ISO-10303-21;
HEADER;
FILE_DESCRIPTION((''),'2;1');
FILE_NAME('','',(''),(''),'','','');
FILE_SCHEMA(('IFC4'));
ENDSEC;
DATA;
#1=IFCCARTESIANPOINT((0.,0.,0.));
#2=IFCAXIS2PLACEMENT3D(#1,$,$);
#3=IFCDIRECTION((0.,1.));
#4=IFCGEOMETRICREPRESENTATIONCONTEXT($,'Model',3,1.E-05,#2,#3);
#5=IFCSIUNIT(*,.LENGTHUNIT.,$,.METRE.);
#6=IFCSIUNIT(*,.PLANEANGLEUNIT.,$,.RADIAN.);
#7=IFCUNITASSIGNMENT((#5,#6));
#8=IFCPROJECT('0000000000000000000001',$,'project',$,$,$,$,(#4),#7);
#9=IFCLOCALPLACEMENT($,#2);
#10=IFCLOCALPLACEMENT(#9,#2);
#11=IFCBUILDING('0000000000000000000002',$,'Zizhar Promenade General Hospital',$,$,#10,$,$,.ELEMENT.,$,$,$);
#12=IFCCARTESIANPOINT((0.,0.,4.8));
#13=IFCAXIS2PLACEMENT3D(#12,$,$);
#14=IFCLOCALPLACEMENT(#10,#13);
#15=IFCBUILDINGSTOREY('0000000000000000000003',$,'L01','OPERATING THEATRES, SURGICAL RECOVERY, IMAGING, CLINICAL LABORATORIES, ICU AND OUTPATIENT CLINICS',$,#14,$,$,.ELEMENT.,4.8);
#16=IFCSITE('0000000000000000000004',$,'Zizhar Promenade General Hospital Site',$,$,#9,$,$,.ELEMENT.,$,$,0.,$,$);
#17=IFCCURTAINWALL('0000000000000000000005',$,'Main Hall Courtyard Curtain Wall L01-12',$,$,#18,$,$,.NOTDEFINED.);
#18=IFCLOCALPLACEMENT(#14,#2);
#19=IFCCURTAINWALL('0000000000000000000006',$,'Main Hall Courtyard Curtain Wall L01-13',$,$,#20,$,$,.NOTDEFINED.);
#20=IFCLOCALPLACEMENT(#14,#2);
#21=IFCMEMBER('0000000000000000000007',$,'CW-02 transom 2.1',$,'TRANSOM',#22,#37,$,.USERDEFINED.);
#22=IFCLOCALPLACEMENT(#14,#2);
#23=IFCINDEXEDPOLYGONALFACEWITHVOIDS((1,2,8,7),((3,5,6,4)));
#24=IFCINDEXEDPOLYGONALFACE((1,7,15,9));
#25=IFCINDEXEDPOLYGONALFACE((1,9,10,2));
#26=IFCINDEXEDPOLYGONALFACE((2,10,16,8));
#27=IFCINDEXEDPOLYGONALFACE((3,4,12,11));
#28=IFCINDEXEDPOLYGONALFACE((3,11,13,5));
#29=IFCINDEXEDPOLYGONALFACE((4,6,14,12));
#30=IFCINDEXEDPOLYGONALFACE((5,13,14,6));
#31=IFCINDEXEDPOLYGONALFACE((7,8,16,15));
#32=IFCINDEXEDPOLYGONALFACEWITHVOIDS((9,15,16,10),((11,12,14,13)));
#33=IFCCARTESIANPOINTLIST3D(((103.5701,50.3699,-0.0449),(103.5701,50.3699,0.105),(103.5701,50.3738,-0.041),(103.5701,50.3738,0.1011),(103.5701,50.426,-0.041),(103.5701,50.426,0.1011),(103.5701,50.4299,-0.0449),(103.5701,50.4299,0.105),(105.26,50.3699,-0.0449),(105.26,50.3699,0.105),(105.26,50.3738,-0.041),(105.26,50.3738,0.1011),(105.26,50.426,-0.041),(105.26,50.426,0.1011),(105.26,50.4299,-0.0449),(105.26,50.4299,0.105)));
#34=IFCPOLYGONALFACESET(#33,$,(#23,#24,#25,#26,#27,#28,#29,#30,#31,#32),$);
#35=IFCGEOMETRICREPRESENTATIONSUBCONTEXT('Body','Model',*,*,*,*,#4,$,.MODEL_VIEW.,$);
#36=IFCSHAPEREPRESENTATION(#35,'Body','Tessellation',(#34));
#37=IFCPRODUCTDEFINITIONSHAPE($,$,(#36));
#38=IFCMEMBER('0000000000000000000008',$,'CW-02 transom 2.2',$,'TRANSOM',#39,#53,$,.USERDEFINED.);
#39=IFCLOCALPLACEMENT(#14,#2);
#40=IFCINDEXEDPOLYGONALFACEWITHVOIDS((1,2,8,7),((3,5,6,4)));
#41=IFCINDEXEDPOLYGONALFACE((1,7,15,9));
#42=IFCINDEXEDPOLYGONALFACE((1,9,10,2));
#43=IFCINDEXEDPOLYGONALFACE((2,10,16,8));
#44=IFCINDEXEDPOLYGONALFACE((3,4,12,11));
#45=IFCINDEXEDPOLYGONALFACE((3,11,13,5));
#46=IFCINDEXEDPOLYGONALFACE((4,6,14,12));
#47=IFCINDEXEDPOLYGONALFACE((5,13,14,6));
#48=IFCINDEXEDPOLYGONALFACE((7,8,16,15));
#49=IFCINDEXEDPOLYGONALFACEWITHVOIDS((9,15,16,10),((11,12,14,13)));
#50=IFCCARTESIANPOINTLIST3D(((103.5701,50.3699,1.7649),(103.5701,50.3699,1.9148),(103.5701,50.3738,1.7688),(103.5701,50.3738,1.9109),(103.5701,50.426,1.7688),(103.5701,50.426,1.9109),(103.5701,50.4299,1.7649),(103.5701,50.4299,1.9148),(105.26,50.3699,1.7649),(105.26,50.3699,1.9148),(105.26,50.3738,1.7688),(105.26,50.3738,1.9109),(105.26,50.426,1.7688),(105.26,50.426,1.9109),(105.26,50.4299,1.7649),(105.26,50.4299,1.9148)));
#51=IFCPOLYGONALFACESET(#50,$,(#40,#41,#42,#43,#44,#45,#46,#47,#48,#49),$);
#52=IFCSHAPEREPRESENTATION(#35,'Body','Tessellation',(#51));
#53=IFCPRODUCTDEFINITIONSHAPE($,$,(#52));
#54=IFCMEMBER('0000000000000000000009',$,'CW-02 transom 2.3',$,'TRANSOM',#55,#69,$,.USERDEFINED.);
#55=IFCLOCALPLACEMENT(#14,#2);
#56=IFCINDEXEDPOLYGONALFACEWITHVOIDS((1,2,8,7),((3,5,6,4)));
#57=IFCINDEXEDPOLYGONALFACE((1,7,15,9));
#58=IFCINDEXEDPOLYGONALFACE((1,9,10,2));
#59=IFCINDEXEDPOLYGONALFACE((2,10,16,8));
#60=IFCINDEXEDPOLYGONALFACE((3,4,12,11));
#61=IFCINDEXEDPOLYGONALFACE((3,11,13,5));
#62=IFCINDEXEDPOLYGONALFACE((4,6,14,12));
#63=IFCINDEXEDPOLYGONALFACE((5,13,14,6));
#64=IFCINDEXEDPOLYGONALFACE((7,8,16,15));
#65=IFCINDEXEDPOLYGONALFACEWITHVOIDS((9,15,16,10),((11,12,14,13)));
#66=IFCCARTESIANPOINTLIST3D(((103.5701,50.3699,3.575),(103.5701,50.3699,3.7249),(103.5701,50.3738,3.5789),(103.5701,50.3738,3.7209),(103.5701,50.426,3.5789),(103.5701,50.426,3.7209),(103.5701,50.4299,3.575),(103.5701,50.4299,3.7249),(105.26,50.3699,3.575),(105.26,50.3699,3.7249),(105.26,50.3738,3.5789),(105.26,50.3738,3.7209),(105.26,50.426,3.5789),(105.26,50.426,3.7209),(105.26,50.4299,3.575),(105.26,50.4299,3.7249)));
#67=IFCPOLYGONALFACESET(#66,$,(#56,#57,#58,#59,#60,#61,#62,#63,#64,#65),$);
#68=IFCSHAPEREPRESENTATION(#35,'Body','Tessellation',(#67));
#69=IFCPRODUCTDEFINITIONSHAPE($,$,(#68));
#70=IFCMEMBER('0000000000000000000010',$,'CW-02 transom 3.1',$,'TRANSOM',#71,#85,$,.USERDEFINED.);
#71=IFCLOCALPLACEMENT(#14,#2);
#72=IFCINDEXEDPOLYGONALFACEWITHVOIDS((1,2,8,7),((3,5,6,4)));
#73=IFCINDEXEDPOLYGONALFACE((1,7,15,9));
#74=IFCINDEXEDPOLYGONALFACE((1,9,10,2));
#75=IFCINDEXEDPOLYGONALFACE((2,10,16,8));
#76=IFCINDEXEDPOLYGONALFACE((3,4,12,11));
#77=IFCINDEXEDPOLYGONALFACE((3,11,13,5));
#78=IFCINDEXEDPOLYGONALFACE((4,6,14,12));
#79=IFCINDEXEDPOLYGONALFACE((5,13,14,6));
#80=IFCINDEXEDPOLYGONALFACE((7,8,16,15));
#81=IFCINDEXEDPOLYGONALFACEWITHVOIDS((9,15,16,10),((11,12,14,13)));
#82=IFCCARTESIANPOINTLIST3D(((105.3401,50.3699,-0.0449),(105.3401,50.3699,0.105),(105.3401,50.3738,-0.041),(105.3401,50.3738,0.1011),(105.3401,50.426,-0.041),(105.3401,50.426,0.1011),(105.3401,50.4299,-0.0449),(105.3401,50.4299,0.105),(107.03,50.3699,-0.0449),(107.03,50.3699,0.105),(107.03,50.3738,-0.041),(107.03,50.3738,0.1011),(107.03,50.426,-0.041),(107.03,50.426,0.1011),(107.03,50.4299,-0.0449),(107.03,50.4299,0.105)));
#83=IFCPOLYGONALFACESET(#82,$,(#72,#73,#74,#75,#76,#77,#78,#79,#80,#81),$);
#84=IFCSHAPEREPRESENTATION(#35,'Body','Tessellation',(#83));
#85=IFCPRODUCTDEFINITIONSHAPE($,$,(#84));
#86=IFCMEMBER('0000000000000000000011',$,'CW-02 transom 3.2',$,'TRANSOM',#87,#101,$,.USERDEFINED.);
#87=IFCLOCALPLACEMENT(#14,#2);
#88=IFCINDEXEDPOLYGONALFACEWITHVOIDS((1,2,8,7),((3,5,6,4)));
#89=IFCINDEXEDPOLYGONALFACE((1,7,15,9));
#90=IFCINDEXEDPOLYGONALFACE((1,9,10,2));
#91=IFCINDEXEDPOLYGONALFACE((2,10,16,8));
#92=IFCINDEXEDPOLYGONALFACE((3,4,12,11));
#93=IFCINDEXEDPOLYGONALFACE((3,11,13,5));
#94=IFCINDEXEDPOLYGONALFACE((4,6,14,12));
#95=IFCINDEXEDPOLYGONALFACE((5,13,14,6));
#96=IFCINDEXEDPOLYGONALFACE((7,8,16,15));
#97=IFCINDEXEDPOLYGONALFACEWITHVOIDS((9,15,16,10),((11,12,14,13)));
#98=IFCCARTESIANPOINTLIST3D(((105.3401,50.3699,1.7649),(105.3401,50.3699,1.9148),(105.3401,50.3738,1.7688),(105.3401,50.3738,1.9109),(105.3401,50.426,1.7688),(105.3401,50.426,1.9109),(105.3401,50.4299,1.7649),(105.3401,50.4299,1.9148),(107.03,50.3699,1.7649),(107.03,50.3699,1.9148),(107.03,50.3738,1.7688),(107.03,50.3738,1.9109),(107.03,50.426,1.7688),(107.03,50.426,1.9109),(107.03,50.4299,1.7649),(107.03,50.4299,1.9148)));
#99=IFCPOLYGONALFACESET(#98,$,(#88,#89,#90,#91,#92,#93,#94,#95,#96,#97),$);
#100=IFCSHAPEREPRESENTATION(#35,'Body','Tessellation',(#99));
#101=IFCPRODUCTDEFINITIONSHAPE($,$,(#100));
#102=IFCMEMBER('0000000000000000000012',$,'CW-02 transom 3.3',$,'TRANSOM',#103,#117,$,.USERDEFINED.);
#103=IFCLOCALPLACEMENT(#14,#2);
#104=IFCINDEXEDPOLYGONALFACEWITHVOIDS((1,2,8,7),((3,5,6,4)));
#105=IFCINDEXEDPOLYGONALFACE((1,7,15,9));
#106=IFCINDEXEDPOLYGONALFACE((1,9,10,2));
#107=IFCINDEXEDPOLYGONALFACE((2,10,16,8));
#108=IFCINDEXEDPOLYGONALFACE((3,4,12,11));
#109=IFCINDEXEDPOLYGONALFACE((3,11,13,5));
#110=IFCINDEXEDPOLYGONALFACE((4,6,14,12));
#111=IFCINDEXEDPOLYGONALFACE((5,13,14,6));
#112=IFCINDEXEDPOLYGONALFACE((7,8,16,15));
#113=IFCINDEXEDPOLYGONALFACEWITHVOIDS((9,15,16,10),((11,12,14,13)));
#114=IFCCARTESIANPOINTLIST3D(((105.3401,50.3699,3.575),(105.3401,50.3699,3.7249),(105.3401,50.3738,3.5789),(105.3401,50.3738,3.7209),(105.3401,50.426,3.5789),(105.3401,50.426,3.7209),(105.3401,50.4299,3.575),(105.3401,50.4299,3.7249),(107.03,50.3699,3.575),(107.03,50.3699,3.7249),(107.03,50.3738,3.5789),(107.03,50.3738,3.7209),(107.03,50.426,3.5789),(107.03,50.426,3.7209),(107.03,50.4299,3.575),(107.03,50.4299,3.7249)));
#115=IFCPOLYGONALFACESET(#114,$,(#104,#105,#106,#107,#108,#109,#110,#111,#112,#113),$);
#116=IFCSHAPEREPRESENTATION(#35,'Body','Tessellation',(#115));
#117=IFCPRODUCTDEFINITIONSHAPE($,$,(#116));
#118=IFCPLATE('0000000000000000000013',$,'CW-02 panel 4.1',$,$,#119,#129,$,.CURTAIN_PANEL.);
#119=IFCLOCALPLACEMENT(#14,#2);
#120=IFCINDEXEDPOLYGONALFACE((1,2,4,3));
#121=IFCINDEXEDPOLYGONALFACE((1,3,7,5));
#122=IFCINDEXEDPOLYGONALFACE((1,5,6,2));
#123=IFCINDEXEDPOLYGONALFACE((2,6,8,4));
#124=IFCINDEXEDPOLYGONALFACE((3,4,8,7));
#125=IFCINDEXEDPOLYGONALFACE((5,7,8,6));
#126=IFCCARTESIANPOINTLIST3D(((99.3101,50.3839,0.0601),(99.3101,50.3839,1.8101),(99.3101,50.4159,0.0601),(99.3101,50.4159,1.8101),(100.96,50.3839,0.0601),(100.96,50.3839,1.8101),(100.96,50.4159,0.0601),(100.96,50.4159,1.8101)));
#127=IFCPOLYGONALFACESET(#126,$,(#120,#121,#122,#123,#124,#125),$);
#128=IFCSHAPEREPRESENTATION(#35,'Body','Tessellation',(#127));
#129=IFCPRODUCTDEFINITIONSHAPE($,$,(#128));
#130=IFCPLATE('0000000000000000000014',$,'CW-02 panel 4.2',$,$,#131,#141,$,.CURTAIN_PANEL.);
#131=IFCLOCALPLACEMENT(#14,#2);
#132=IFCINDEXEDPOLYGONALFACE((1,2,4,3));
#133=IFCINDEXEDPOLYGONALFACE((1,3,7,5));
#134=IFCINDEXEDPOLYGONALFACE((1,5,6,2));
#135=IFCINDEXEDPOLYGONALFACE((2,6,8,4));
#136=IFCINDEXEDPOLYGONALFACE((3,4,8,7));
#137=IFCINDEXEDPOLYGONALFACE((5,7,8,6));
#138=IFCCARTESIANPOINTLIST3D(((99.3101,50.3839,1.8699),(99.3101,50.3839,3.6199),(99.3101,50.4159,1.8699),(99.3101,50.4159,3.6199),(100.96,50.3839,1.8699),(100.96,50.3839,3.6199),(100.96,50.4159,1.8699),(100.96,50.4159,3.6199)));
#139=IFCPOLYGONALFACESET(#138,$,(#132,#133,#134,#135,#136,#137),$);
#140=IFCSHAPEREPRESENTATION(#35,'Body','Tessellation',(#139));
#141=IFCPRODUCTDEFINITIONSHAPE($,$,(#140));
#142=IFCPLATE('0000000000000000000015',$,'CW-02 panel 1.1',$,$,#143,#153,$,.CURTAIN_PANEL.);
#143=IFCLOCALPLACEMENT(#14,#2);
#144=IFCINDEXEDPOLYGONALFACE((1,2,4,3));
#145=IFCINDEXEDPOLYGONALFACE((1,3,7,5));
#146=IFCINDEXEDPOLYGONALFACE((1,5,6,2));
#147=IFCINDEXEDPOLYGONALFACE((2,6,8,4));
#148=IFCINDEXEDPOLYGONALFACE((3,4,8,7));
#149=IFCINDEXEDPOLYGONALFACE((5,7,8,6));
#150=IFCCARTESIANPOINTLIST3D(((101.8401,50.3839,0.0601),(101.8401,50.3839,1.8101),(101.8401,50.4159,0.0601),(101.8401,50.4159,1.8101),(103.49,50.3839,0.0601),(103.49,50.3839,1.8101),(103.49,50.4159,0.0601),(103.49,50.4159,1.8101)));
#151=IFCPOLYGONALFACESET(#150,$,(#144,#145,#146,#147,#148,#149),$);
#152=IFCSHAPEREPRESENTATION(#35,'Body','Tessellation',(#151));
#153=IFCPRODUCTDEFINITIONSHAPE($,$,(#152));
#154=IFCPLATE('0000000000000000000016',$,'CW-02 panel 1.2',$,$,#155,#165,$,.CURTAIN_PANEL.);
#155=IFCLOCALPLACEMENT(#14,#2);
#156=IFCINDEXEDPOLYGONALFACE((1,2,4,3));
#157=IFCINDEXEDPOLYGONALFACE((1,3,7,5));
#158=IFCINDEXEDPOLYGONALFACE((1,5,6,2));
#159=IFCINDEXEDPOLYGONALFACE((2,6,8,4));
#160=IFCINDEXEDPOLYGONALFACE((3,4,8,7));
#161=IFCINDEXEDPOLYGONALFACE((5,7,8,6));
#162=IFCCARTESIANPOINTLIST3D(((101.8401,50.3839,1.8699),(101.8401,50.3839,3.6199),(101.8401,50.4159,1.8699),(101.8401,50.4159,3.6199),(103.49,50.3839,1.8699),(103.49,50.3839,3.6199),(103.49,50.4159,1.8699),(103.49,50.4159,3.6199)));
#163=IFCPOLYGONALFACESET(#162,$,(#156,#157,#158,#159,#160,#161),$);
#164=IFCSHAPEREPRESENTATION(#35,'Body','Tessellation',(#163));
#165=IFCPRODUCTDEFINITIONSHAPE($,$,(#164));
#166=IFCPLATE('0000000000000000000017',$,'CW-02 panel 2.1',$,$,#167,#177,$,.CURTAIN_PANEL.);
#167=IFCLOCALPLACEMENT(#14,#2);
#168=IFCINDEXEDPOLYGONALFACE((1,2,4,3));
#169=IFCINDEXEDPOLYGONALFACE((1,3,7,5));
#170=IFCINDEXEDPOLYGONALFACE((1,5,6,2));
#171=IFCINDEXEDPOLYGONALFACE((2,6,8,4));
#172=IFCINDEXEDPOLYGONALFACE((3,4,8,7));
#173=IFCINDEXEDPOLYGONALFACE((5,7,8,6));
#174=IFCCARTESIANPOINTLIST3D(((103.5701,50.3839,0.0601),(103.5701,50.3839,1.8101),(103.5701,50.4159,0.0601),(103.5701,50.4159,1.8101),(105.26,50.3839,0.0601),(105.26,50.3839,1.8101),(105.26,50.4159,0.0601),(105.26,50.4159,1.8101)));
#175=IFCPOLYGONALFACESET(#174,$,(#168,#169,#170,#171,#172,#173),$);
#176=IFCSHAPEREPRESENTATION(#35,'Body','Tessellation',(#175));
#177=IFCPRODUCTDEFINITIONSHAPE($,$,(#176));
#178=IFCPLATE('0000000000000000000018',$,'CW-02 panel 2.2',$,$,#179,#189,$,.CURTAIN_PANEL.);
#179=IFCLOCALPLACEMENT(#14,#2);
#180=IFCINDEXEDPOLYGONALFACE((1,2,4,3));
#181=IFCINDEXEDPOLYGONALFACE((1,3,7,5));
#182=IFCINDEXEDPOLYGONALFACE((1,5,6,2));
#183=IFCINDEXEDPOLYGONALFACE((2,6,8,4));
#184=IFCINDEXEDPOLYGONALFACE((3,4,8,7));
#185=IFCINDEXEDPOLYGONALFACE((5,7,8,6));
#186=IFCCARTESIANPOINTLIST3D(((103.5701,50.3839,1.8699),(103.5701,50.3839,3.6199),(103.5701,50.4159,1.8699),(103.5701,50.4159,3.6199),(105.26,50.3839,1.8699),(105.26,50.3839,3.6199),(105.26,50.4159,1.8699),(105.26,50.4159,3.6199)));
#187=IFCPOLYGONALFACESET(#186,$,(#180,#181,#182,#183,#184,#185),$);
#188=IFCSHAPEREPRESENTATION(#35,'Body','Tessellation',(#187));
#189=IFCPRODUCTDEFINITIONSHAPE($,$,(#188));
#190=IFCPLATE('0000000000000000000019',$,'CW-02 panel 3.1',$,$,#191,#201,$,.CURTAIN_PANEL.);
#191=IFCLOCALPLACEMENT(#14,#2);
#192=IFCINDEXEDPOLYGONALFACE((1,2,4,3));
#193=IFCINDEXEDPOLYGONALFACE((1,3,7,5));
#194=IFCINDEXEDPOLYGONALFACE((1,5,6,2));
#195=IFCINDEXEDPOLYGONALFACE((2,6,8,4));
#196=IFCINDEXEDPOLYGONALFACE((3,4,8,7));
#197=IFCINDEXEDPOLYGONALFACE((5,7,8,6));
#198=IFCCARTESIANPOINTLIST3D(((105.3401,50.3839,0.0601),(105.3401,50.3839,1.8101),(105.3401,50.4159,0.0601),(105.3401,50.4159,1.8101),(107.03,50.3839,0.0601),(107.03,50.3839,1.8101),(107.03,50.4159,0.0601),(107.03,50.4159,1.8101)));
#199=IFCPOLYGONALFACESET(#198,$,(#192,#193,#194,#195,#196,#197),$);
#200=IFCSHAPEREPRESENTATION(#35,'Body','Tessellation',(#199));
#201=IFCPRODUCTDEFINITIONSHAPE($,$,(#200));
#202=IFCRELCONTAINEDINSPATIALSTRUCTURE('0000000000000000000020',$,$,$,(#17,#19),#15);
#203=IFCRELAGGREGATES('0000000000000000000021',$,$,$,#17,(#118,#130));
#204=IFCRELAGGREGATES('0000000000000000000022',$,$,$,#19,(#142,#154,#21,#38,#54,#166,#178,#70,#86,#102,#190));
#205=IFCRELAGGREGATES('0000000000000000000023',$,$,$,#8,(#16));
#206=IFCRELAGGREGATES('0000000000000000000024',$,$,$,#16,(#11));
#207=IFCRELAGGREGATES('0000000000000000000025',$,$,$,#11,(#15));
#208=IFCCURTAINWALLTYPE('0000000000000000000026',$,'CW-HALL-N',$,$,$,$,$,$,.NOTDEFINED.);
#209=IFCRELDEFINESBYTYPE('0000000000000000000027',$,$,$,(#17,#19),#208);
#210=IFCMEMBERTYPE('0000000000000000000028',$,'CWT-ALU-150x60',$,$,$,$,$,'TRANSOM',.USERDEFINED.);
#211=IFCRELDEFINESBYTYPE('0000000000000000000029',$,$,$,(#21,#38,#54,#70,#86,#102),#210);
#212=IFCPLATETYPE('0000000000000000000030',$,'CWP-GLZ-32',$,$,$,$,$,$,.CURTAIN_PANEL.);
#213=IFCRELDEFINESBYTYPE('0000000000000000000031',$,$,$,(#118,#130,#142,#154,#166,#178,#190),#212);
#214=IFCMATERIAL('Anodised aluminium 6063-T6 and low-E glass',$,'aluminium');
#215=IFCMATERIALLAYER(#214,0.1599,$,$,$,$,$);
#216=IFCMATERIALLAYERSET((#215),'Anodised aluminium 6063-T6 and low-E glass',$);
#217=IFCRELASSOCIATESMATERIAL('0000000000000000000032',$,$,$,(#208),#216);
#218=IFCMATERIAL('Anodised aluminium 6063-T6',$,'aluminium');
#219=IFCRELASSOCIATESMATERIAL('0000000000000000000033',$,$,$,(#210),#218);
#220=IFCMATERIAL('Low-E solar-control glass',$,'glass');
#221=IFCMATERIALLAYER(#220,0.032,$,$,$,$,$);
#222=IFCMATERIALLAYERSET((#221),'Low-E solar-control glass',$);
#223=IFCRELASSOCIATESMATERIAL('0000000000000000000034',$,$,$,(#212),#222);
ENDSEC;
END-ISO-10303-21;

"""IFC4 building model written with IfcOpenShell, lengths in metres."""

from ifc_helpers import new_model, si_unit, direction, frame, origin, origin_2d, place, context, subcontext, project, spatial, rectangle, hollow_rectangle, extrude, material, layer, layer_set, material_profile, profile_set, type_object, element, aggregate, save


model = new_model("IFC4")

# Units and contexts
model_context = context("Model", 3, precision=1e-05, world=origin(), true_north=direction((0.0, 1.0)))
body_context = subcontext(model_context, "Body", "Model", "MODEL_VIEW")
ifc_project = project(units=[si_unit("LENGTHUNIT", "METRE"), si_unit("PLANEANGLEUNIT", "RADIAN")], contexts=[model_context])

# Site, building, storey
site_placement = place(None, origin())
site = spatial("IfcSite", under=ifc_project, at=site_placement, Name="Zizhar Promenade General Hospital Site", CompositionType="ELEMENT", RefElevation=0.0)
building_placement = place(site_placement, origin())
building = spatial("IfcBuilding", under=site, at=building_placement, Name="Zizhar Promenade General Hospital", CompositionType="ELEMENT")
storey_placement = place(building_placement, frame((0.0, 0.0, 4.8)))
storey = spatial("IfcBuildingStorey", under=building, at=storey_placement, Name="L01", Description="OPERATING THEATRES, SURGICAL RECOVERY, IMAGING, CLINICAL LABORATORIES, ICU AND OUTPATIENT CLINICS", CompositionType="ELEMENT", Elevation=4.8)

# Curtain wall
ifc_material_1 = material(Name="Anodised aluminium 6063-T6 and low-E glass", Category="aluminium")
ifc_layer_1 = layer(ifc_material_1, 0.1599)
ifc_layer_set_1 = layer_set([ifc_layer_1], Name="Anodised aluminium 6063-T6 and low-E glass")
curtain_wall_type = type_object("IfcCurtainWallType", Name="CW-HALL-N", PredefinedType="NOTDEFINED", material=ifc_layer_set_1)
curtain_wall_1_placement = place(storey_placement, origin())
curtain_wall_1 = element("IfcCurtainWall", 1, at=curtain_wall_1_placement, inside=storey, type_object=curtain_wall_type, Name="Main Hall Courtyard Curtain Wall L01-12", PredefinedType="NOTDEFINED")

# Curtain wall
curtain_wall_2_placement = place(storey_placement, origin())
curtain_wall_2 = element("IfcCurtainWall", 2, at=curtain_wall_2_placement, inside=storey, type_object=curtain_wall_type, Name="Main Hall Courtyard Curtain Wall L01-13", PredefinedType="NOTDEFINED")

# Members
ifc_material_2 = material(Name="Anodised aluminium 6063-T6", Category="aluminium")
ifc_material_profile_1 = material_profile(ifc_material_2, hollow_rectangle(XDim=0.0601, YDim=0.1499, WallThickness=0.0039, at=origin_2d()))
ifc_profile_set_1 = profile_set([ifc_material_profile_1], Name="Anodised aluminium 6063-T6")
member_type_1 = type_object("IfcMemberType", Name="CWT-ALU-150x60", ElementType="TRANSOM", PredefinedType="USERDEFINED", material=ifc_profile_set_1)
member_1_placement = place(storey_placement, frame((103.5701, 50.3999, 0.03), z_axis=(1.0, 0.0, 0.0), x_axis=(0.0, 1.0, 0.0)))
member_1 = element("IfcMember", 3, at=member_1_placement, type_object=member_type_1, Name="CW-02 transom 2.1", ObjectType="TRANSOM", PredefinedType="USERDEFINED", context=body_context, shape_type="SweptSolid", body=[
    extrude(hollow_rectangle(XDim=0.0601, YDim=0.1499, WallThickness=0.0039, at=origin_2d()), origin(), (0.0, 0.0, 1.0), 1.6899),
])
member_2_placement = place(storey_placement, frame((103.5701, 50.3999, 1.8398), z_axis=(1.0, 0.0, 0.0), x_axis=(0.0, 1.0, 0.0)))
member_2 = element("IfcMember", 4, at=member_2_placement, type_object=member_type_1, Name="CW-02 transom 2.2", ObjectType="TRANSOM", PredefinedType="USERDEFINED", context=body_context, shape_type="SweptSolid", body=[
    extrude(hollow_rectangle(XDim=0.0601, YDim=0.1499, WallThickness=0.0039, at=origin_2d()), origin(), (0.0, 0.0, 1.0), 1.6899),
])
member_3_placement = place(storey_placement, frame((103.5701, 50.3999, 3.6499), z_axis=(1.0, 0.0, 0.0), x_axis=(0.0, 1.0, 0.0)))
member_3 = element("IfcMember", 5, at=member_3_placement, type_object=member_type_1, Name="CW-02 transom 2.3", ObjectType="TRANSOM", PredefinedType="USERDEFINED", context=body_context, shape_type="SweptSolid", body=[
    extrude(hollow_rectangle(XDim=0.0601, YDim=0.1499, WallThickness=0.0039, at=origin_2d()), origin(), (0.0, 0.0, 1.0), 1.6899),
])
member_4_placement = place(storey_placement, frame((105.3401, 50.3999, 0.03), z_axis=(1.0, 0.0, 0.0), x_axis=(0.0, 1.0, 0.0)))
member_4 = element("IfcMember", 6, at=member_4_placement, type_object=member_type_1, Name="CW-02 transom 3.1", ObjectType="TRANSOM", PredefinedType="USERDEFINED", context=body_context, shape_type="SweptSolid", body=[
    extrude(hollow_rectangle(XDim=0.0601, YDim=0.1499, WallThickness=0.0039, at=origin_2d()), origin(), (0.0, 0.0, 1.0), 1.6899),
])
member_5_placement = place(storey_placement, frame((105.3401, 50.3999, 1.8398), z_axis=(1.0, 0.0, 0.0), x_axis=(0.0, 1.0, 0.0)))
member_5 = element("IfcMember", 7, at=member_5_placement, type_object=member_type_1, Name="CW-02 transom 3.2", ObjectType="TRANSOM", PredefinedType="USERDEFINED", context=body_context, shape_type="SweptSolid", body=[
    extrude(hollow_rectangle(XDim=0.0601, YDim=0.1499, WallThickness=0.0039, at=origin_2d()), origin(), (0.0, 0.0, 1.0), 1.6899),
])
member_6_placement = place(storey_placement, frame((105.3401, 50.3999, 3.6499), z_axis=(1.0, 0.0, 0.0), x_axis=(0.0, 1.0, 0.0)))
member_6 = element("IfcMember", 8, at=member_6_placement, type_object=member_type_1, Name="CW-02 transom 3.3", ObjectType="TRANSOM", PredefinedType="USERDEFINED", context=body_context, shape_type="SweptSolid", body=[
    extrude(hollow_rectangle(XDim=0.0601, YDim=0.1499, WallThickness=0.0039, at=origin_2d()), origin(), (0.0, 0.0, 1.0), 1.6899),
])

# Plates
ifc_material_3 = material(Name="Low-E solar-control glass", Category="glass")
ifc_layer_2 = layer(ifc_material_3, 0.032)
ifc_layer_set_2 = layer_set([ifc_layer_2], Name="Low-E solar-control glass")
plate_type = type_object("IfcPlateType", Name="CWP-GLZ-32", PredefinedType="CURTAIN_PANEL", material=ifc_layer_set_2)
plate_1_placement = place(storey_placement, frame((100.135, 50.3999, 0.0601), z_axis=(0.0, 0.0, 1.0), x_axis=(1.0, 0.0, 0.0)))
plate_1 = element("IfcPlate", 9, at=plate_1_placement, type_object=plate_type, Name="CW-02 panel 4.1", PredefinedType="CURTAIN_PANEL", context=body_context, shape_type="SweptSolid", body=[
    extrude(rectangle(XDim=1.6499, YDim=0.032, at=origin_2d()), origin(), (0.0, 0.0, 1.0), 1.75),
])
plate_2_placement = place(storey_placement, frame((100.135, 50.3999, 1.8699), z_axis=(0.0, 0.0, 1.0), x_axis=(1.0, 0.0, 0.0)))
plate_2 = element("IfcPlate", 10, at=plate_2_placement, type_object=plate_type, Name="CW-02 panel 4.2", PredefinedType="CURTAIN_PANEL", context=body_context, shape_type="SweptSolid", body=[
    extrude(rectangle(XDim=1.6499, YDim=0.032, at=origin_2d()), origin(), (0.0, 0.0, 1.0), 1.75),
])
aggregate(curtain_wall_1, [plate_1, plate_2])
plate_3_placement = place(storey_placement, frame((102.665, 50.3999, 0.0601), z_axis=(0.0, 0.0, 1.0), x_axis=(1.0, 0.0, 0.0)))
plate_3 = element("IfcPlate", 11, at=plate_3_placement, type_object=plate_type, Name="CW-02 panel 1.1", PredefinedType="CURTAIN_PANEL", context=body_context, shape_type="SweptSolid", body=[
    extrude(rectangle(XDim=1.6499, YDim=0.032, at=origin_2d()), origin(), (0.0, 0.0, 1.0), 1.75),
])
plate_4_placement = place(storey_placement, frame((102.665, 50.3999, 1.8699), z_axis=(0.0, 0.0, 1.0), x_axis=(1.0, 0.0, 0.0)))
plate_4 = element("IfcPlate", 12, at=plate_4_placement, type_object=plate_type, Name="CW-02 panel 1.2", PredefinedType="CURTAIN_PANEL", context=body_context, shape_type="SweptSolid", body=[
    extrude(rectangle(XDim=1.6499, YDim=0.032, at=origin_2d()), origin(), (0.0, 0.0, 1.0), 1.75),
])
plate_5_placement = place(storey_placement, frame((104.415, 50.3999, 0.0601), z_axis=(0.0, 0.0, 1.0), x_axis=(1.0, 0.0, 0.0)))
plate_5 = element("IfcPlate", 13, at=plate_5_placement, type_object=plate_type, Name="CW-02 panel 2.1", PredefinedType="CURTAIN_PANEL", context=body_context, shape_type="SweptSolid", body=[
    extrude(rectangle(XDim=1.6899, YDim=0.032, at=origin_2d()), origin(), (0.0, 0.0, 1.0), 1.75),
])
plate_6_placement = place(storey_placement, frame((104.415, 50.3999, 1.8699), z_axis=(0.0, 0.0, 1.0), x_axis=(1.0, 0.0, 0.0)))
plate_6 = element("IfcPlate", 14, at=plate_6_placement, type_object=plate_type, Name="CW-02 panel 2.2", PredefinedType="CURTAIN_PANEL", context=body_context, shape_type="SweptSolid", body=[
    extrude(rectangle(XDim=1.6899, YDim=0.032, at=origin_2d()), origin(), (0.0, 0.0, 1.0), 1.75),
])
plate_7_placement = place(storey_placement, frame((106.1851, 50.3999, 0.0601), z_axis=(0.0, 0.0, 1.0), x_axis=(1.0, 0.0, 0.0)))
plate_7 = element("IfcPlate", 15, at=plate_7_placement, type_object=plate_type, Name="CW-02 panel 3.1", PredefinedType="CURTAIN_PANEL", context=body_context, shape_type="SweptSolid", body=[
    extrude(rectangle(XDim=1.6899, YDim=0.032, at=origin_2d()), origin(), (0.0, 0.0, 1.0), 1.75),
])
aggregate(curtain_wall_2, [plate_3, plate_4, member_1, member_2, member_3, plate_5, plate_6, member_4, member_5, member_6, plate_7])

save(model, "model.ifc")
